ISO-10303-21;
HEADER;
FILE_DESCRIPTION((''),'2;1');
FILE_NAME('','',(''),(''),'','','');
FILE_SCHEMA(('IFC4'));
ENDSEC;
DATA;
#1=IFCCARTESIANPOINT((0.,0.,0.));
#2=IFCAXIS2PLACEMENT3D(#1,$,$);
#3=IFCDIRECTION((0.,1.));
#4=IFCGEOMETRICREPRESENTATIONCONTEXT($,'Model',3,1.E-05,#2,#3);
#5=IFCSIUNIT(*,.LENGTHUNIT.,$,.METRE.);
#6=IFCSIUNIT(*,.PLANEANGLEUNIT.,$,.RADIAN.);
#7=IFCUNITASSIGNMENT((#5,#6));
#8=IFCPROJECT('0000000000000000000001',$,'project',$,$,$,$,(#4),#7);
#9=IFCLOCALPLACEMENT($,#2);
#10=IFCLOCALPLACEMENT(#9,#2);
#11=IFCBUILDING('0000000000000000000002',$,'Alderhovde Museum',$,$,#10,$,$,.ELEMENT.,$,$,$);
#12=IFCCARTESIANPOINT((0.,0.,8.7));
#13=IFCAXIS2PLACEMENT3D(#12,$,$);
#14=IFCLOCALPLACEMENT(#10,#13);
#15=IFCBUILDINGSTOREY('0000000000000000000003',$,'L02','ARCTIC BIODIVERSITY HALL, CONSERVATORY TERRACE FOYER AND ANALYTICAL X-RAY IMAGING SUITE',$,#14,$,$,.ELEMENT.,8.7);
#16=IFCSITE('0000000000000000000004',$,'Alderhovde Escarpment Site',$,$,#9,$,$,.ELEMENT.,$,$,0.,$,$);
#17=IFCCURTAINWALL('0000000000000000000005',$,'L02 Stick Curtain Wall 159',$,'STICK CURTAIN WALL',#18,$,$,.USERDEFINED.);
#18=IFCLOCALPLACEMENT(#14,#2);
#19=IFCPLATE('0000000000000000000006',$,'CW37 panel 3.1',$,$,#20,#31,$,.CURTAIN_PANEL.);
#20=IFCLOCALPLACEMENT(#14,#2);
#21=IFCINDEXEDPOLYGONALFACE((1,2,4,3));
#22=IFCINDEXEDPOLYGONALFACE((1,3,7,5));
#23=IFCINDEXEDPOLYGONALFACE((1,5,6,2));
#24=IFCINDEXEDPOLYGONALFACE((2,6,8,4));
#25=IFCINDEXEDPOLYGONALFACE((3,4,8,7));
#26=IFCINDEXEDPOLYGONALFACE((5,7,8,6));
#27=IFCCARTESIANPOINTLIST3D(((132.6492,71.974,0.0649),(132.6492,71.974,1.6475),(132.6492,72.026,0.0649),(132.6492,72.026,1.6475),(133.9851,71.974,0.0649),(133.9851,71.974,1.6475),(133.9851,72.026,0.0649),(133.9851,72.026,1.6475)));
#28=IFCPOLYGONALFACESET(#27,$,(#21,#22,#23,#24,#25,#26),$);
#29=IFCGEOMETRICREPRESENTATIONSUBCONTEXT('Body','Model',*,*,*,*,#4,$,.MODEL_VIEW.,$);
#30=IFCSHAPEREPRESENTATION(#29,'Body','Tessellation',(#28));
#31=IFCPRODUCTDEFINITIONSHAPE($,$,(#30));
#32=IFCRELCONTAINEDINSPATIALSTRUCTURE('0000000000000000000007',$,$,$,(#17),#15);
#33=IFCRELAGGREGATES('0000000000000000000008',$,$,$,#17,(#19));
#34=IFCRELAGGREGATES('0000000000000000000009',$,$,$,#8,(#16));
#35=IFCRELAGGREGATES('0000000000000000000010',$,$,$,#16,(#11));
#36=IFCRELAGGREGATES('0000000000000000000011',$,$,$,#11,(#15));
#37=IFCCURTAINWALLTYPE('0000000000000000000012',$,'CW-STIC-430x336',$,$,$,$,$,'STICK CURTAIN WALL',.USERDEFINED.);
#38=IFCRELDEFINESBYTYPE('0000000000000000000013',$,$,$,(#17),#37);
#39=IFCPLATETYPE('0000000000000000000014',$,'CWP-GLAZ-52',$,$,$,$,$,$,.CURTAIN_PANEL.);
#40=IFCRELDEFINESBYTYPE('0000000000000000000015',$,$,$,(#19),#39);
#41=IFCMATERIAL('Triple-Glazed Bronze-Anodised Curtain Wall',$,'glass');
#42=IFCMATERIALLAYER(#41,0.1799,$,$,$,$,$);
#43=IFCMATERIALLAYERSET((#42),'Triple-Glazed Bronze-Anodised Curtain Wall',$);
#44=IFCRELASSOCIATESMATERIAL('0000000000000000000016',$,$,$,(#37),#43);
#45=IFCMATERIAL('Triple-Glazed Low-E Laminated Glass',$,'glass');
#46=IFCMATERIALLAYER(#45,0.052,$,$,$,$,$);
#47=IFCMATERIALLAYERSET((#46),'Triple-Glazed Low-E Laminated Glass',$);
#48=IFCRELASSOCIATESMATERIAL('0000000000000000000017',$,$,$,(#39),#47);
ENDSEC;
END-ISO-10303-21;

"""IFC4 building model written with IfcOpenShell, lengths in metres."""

from ifc_helpers import new_model, si_unit, direction, frame, origin, origin_2d, place, context, subcontext, project, spatial, rectangle, extrude, material, layer, layer_set, type_object, element, aggregate, save


model = new_model("IFC4")

# Units and contexts
model_context = context("Model", 3, precision=1e-05, world=origin(), true_north=direction((0.0, 1.0)))
body_context = subcontext(model_context, "Body", "Model", "MODEL_VIEW")
ifc_project = project(units=[si_unit("LENGTHUNIT", "METRE"), si_unit("PLANEANGLEUNIT", "RADIAN")], contexts=[model_context])

# Site, building, storey
site_placement = place(None, origin())
site = spatial("IfcSite", under=ifc_project, at=site_placement, Name="Alderhovde Escarpment Site", CompositionType="ELEMENT", RefElevation=0.0)
building_placement = place(site_placement, origin())
building = spatial("IfcBuilding", under=site, at=building_placement, Name="Alderhovde Museum", CompositionType="ELEMENT")
storey_placement = place(building_placement, frame((0.0, 0.0, 8.7)))
storey = spatial("IfcBuildingStorey", under=building, at=storey_placement, Name="L02", Description="ARCTIC BIODIVERSITY HALL, CONSERVATORY TERRACE FOYER AND ANALYTICAL X-RAY IMAGING SUITE", CompositionType="ELEMENT", Elevation=8.7)

# Curtain wall
ifc_material_1 = material(Name="Triple-Glazed Bronze-Anodised Curtain Wall", Category="glass")
ifc_layer_1 = layer(ifc_material_1, 0.1799)
ifc_layer_set_1 = layer_set([ifc_layer_1], Name="Triple-Glazed Bronze-Anodised Curtain Wall")
curtain_wall_type = type_object("IfcCurtainWallType", Name="CW-STIC-430x336", ElementType="STICK CURTAIN WALL", PredefinedType="USERDEFINED", material=ifc_layer_set_1)
curtain_wall_1_placement = place(storey_placement, origin())
curtain_wall_1 = element("IfcCurtainWall", 1, at=curtain_wall_1_placement, inside=storey, type_object=curtain_wall_type, Name="L02 Stick Curtain Wall 159", ObjectType="STICK CURTAIN WALL", PredefinedType="USERDEFINED")

# Plate
ifc_material_2 = material(Name="Triple-Glazed Low-E Laminated Glass", Category="glass")
ifc_layer_2 = layer(ifc_material_2, 0.052)
ifc_layer_set_2 = layer_set([ifc_layer_2], Name="Triple-Glazed Low-E Laminated Glass")
plate_type_1 = type_object("IfcPlateType", Name="CWP-GLAZ-52", PredefinedType="CURTAIN_PANEL", material=ifc_layer_set_2)
plate_1_placement = place(storey_placement, frame((133.3171, 72.0, 0.0649), z_axis=(0.0, 0.0, 1.0), x_axis=(1.0, 0.0, 0.0)))
plate_1 = element("IfcPlate", 2, at=plate_1_placement, type_object=plate_type_1, Name="CW37 panel 3.1", PredefinedType="CURTAIN_PANEL", context=body_context, shape_type="SweptSolid", body=[
    extrude(rectangle(XDim=1.3359, YDim=0.052, at=origin_2d()), origin(), (0.0, 0.0, 1.0), 1.5825),
])
aggregate(curtain_wall_1, [plate_1])

save(model, "model.ifc")
